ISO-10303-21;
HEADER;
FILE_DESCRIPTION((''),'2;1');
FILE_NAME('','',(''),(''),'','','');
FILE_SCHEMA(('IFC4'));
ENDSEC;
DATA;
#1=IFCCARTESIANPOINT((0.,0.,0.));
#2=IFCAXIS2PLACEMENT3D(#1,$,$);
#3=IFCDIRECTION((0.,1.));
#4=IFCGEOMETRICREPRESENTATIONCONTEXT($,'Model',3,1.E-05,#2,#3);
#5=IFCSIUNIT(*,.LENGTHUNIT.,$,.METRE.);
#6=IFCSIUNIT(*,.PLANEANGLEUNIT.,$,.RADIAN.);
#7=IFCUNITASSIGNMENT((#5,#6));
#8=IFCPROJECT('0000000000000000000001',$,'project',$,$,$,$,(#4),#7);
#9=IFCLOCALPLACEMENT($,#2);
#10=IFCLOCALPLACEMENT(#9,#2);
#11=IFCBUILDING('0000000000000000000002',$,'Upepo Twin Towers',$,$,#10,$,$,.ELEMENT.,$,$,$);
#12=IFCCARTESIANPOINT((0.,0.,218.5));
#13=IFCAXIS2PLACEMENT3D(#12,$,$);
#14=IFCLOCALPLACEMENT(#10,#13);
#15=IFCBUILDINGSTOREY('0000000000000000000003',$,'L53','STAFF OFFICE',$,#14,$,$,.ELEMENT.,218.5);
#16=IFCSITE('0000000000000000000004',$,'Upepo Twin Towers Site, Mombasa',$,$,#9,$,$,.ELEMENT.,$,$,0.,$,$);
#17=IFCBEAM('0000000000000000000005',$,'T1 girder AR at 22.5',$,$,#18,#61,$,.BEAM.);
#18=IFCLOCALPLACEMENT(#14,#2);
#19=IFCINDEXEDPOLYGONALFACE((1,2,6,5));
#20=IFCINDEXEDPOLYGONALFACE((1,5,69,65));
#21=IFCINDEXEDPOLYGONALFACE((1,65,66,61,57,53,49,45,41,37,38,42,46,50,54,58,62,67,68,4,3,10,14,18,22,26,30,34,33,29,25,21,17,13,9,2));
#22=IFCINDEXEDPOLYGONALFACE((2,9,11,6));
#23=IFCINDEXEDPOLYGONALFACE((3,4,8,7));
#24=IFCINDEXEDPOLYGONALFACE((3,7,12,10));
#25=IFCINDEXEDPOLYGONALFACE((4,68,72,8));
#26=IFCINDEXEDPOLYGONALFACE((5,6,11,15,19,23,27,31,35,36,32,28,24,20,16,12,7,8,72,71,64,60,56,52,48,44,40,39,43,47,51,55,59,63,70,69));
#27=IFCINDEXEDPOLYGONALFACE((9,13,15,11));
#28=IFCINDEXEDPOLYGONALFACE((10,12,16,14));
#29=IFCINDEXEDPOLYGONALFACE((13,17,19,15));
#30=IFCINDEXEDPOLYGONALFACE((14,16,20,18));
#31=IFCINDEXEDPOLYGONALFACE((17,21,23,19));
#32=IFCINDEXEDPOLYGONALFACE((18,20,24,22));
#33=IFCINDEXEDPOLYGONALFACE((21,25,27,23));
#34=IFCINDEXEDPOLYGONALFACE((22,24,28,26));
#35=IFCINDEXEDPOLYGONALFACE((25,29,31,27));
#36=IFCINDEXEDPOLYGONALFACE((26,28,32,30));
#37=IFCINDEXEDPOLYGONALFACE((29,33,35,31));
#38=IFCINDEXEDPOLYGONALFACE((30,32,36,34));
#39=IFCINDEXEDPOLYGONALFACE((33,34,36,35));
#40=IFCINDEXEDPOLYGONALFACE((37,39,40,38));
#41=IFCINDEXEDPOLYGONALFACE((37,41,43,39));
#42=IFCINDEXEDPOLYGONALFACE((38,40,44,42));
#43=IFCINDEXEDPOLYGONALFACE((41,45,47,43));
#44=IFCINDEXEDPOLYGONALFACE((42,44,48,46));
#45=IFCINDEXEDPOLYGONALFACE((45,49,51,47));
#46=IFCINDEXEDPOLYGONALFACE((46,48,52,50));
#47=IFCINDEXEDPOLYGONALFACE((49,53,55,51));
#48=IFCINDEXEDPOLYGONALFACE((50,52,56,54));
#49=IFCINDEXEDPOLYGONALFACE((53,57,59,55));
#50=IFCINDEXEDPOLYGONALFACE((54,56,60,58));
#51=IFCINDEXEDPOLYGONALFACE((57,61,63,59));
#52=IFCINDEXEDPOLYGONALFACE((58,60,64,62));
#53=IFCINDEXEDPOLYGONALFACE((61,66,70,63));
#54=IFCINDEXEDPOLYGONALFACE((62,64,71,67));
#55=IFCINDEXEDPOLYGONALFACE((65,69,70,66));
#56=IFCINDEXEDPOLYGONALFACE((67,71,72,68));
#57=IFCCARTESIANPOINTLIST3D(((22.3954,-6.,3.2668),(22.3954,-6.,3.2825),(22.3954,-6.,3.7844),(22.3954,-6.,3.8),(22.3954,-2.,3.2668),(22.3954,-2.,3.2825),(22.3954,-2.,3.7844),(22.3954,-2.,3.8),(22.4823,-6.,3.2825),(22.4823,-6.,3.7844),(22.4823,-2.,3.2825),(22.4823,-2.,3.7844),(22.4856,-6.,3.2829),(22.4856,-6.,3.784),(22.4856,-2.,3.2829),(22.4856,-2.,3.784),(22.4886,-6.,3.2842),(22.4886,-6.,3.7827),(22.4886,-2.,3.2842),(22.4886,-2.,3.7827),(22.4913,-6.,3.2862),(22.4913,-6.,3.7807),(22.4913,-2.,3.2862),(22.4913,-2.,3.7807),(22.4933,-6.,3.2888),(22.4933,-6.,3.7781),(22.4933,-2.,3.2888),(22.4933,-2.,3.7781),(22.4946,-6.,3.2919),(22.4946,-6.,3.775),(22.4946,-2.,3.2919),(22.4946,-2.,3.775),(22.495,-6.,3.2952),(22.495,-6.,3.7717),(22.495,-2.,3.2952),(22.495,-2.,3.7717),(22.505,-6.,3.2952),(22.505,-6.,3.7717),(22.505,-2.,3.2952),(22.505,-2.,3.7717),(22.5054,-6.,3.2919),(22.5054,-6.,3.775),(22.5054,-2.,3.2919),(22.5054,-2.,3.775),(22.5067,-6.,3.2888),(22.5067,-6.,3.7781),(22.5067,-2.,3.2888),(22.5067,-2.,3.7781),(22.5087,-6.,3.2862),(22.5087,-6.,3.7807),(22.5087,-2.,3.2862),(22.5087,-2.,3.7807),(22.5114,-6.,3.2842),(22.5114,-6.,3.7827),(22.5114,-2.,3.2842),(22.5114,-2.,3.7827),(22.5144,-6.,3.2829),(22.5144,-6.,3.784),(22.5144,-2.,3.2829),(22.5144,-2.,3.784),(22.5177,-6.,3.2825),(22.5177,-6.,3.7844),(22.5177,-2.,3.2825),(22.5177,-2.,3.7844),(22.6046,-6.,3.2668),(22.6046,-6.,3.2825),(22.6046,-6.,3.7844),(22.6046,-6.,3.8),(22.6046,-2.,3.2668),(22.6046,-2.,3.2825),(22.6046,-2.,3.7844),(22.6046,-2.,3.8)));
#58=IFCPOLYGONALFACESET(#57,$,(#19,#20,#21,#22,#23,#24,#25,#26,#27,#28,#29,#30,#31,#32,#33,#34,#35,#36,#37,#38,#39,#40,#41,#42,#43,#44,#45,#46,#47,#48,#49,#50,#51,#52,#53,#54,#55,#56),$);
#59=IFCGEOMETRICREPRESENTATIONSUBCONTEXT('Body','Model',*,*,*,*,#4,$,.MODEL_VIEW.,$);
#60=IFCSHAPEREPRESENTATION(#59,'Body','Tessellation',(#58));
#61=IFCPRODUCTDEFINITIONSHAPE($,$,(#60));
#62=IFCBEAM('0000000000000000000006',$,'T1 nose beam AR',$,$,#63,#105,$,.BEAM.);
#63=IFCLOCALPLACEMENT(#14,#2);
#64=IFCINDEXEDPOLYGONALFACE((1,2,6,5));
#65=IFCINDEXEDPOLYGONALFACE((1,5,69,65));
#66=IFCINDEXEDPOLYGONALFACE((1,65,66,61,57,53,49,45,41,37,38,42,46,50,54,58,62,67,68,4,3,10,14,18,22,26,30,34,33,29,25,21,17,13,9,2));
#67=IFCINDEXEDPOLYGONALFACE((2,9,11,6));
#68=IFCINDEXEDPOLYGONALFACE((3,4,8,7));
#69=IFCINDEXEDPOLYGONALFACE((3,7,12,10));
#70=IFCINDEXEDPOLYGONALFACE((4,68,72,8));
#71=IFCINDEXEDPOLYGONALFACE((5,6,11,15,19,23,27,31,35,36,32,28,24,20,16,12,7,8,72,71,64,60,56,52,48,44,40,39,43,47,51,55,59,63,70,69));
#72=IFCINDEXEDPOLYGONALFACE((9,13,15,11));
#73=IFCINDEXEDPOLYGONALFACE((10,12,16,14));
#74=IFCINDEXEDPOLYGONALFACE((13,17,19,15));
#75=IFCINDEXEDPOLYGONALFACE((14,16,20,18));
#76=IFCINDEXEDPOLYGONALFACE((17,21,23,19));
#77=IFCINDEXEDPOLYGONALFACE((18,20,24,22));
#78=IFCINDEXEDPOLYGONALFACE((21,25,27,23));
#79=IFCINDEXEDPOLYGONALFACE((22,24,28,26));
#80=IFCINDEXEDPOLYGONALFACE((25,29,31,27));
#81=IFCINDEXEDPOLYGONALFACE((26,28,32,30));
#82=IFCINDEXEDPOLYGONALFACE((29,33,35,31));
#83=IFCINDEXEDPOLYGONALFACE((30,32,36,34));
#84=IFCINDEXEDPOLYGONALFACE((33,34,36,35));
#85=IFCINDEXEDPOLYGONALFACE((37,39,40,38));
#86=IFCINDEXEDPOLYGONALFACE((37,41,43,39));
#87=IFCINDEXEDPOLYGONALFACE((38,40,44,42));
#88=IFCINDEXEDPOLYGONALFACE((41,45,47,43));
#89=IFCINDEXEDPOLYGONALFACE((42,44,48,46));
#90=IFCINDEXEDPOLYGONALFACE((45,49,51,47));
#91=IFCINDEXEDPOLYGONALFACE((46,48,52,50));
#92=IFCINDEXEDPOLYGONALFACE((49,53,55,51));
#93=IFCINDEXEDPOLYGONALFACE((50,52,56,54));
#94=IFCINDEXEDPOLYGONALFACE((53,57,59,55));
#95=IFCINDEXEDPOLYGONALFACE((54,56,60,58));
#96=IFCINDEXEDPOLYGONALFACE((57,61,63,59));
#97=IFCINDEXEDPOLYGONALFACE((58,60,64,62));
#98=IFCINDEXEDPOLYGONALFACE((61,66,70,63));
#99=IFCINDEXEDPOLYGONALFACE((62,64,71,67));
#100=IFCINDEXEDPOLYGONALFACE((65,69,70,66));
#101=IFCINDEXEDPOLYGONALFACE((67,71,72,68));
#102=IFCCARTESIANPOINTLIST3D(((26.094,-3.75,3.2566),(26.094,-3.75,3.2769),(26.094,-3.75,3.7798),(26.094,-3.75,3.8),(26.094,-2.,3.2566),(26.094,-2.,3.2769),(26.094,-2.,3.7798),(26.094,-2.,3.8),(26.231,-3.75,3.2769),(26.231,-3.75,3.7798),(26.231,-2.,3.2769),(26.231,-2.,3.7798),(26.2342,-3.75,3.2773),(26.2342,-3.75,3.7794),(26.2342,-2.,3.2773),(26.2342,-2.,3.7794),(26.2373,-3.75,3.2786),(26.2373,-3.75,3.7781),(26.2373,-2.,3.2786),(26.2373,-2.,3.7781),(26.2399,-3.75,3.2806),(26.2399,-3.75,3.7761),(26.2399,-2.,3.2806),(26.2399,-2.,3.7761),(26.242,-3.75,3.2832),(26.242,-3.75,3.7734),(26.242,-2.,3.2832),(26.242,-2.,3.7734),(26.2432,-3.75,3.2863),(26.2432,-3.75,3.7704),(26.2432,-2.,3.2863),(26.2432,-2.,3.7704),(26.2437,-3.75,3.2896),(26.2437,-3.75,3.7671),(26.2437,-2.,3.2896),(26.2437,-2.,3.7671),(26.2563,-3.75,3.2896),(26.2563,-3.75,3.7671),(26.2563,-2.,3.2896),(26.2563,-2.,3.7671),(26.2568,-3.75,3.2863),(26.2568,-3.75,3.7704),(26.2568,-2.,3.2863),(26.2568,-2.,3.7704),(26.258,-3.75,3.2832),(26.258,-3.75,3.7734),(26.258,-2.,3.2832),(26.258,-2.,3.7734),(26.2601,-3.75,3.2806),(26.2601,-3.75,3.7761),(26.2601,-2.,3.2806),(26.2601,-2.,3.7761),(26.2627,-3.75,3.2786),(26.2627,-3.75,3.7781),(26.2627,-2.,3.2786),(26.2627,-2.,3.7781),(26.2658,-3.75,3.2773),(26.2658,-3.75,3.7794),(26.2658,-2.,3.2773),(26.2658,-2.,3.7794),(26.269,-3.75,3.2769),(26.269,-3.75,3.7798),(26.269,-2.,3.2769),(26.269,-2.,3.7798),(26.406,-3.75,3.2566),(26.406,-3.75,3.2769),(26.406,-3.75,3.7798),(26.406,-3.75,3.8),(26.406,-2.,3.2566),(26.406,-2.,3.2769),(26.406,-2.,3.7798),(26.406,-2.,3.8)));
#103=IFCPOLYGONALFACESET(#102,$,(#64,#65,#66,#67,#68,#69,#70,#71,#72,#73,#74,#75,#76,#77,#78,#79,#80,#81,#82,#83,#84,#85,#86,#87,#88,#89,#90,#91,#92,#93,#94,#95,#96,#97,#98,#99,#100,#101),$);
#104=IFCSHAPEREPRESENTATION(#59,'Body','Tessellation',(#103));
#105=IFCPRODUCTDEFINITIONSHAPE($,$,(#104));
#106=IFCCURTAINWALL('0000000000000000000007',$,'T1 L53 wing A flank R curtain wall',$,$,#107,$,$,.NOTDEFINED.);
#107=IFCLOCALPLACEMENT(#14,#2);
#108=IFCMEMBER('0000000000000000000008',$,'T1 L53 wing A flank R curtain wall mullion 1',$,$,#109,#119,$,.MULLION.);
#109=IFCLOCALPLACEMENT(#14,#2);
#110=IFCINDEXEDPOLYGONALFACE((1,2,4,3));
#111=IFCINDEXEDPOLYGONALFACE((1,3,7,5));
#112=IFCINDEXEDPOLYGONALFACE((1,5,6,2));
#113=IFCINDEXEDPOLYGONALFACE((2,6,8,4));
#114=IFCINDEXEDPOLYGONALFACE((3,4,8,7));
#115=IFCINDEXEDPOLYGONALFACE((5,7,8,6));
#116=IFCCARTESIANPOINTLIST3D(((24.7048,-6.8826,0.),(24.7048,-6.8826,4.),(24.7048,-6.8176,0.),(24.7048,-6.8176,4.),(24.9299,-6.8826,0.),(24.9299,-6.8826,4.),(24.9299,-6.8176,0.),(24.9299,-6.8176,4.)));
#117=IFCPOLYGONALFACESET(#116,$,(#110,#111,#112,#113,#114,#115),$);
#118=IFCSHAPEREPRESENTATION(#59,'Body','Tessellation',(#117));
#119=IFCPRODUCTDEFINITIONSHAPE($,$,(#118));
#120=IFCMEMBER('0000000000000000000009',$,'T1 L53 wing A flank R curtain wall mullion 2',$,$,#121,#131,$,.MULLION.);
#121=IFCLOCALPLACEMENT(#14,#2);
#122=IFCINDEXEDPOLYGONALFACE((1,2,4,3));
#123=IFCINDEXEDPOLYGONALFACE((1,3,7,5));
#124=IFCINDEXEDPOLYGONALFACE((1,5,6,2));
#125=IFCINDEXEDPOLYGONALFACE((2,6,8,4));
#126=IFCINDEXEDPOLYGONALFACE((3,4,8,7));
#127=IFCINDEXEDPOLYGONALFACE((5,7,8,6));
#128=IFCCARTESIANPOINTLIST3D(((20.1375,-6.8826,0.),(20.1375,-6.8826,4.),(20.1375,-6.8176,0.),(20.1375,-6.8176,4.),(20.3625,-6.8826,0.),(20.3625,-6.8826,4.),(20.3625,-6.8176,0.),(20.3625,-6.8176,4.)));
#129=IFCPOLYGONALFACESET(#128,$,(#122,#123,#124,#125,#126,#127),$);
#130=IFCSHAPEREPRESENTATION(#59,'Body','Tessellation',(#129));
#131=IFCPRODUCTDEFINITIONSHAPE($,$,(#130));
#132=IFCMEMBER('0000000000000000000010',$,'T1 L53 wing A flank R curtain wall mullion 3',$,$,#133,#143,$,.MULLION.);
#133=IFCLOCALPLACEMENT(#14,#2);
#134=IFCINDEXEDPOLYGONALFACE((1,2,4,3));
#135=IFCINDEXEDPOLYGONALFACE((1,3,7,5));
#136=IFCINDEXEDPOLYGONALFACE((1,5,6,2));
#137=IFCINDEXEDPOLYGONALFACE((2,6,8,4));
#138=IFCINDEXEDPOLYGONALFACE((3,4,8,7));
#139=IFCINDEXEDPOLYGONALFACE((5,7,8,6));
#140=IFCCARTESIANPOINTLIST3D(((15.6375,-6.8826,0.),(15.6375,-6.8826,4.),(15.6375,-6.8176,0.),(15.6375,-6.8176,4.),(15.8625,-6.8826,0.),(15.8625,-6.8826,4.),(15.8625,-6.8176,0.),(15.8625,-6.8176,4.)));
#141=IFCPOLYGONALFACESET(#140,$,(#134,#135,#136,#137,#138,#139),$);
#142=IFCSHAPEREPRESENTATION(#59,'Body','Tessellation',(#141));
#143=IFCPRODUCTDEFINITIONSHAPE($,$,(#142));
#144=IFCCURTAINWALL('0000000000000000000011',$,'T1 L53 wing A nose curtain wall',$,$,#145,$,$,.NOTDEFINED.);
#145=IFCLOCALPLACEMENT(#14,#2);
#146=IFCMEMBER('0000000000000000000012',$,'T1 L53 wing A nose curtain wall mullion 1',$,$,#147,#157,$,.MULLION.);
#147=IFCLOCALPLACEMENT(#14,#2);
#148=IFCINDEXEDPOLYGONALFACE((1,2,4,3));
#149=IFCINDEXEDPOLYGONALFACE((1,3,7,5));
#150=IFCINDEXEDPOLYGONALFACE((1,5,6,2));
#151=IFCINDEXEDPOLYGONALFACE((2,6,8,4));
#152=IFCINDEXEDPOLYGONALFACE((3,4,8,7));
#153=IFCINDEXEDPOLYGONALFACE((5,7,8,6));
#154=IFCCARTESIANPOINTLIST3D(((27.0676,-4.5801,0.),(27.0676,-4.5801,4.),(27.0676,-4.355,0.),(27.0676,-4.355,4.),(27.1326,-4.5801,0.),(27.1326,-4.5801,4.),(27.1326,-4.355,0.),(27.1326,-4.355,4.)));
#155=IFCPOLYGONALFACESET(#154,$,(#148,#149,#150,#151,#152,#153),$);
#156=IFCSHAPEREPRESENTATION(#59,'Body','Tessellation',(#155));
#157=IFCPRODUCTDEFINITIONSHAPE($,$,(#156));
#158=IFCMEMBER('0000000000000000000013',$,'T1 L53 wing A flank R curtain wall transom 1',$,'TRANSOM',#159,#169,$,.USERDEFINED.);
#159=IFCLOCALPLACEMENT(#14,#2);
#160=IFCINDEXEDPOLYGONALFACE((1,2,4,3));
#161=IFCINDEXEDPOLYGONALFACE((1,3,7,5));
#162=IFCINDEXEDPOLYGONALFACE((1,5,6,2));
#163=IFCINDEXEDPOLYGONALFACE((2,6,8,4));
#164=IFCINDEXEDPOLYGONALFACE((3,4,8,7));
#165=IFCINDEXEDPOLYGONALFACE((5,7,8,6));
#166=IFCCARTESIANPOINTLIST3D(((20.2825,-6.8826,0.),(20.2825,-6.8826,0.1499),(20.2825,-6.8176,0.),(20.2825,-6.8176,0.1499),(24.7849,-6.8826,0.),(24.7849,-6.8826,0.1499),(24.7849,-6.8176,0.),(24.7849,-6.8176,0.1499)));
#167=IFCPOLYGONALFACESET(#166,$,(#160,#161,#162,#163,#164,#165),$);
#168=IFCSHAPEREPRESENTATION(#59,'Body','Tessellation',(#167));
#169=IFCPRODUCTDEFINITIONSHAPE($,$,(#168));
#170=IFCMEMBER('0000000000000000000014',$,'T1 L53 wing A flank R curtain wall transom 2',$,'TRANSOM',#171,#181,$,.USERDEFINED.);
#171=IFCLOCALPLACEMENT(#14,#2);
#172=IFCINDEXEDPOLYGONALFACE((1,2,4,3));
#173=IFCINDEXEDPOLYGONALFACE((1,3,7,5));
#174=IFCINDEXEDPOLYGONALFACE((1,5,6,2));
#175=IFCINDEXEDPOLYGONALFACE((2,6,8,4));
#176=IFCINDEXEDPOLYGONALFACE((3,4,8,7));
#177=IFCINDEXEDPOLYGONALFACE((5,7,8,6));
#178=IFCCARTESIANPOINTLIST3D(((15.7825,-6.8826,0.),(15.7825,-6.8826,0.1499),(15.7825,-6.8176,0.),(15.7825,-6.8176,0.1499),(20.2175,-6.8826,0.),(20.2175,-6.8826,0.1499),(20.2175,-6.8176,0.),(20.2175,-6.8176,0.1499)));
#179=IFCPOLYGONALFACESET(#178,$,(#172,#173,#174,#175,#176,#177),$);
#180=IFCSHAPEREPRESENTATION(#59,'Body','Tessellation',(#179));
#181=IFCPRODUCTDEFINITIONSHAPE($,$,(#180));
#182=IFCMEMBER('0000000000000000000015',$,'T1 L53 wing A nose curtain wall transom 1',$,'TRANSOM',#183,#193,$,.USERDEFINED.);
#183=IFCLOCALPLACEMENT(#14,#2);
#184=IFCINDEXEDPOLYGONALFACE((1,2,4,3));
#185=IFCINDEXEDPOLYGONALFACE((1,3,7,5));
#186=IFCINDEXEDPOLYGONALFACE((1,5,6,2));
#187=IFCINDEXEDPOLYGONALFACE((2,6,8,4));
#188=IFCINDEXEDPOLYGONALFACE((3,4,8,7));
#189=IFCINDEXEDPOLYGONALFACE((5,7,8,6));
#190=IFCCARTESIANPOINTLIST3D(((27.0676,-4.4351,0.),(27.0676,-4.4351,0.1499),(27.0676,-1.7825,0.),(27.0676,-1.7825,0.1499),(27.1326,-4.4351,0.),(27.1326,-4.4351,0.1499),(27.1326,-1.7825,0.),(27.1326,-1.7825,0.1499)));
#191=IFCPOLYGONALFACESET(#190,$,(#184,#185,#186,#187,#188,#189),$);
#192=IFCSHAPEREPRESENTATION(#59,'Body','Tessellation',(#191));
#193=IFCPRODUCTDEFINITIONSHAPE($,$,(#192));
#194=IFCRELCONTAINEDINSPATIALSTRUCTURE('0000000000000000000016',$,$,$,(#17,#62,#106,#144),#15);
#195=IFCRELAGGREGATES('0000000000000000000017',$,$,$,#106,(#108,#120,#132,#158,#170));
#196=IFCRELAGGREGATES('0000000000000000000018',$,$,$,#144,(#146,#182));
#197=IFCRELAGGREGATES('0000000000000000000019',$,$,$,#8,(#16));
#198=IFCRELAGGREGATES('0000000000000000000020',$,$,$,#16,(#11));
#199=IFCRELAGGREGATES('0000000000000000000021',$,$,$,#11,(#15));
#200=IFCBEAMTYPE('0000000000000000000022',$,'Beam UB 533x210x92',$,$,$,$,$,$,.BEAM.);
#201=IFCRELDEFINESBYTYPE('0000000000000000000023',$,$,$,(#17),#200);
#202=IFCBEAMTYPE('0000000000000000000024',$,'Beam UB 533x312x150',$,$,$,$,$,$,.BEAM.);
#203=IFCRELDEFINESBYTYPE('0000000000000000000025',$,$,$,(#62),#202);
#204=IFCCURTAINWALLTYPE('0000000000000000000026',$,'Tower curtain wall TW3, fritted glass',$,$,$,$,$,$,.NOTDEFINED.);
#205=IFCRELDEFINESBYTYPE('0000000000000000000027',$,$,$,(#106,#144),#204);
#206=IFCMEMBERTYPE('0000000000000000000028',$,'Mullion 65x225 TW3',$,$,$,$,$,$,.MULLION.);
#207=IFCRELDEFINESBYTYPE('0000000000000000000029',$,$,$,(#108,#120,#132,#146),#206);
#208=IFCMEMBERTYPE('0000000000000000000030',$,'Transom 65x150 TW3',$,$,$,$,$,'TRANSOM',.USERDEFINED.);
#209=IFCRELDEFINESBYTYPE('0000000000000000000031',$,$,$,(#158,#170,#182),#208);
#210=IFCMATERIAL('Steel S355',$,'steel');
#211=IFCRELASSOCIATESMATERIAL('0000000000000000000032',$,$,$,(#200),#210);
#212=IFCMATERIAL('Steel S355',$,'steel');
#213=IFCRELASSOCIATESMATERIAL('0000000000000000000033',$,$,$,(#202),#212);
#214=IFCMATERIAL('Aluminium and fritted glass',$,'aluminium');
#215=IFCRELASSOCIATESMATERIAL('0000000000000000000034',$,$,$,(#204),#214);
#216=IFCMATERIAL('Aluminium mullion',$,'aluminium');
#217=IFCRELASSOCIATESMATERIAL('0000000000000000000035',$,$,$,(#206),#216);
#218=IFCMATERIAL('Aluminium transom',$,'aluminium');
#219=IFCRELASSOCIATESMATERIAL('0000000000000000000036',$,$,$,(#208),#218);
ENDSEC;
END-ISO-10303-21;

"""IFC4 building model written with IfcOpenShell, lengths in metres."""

from ifc_helpers import new_model, si_unit, direction, frame, origin, origin_2d, place, context, subcontext, project, spatial, rectangle, i_section, extrude, material, material_profile, profile_set, type_object, element, aggregate, save


model = new_model("IFC4")

# Units and contexts
model_context = context("Model", 3, precision=1e-05, world=origin(), true_north=direction((0.0, 1.0)))
body_context = subcontext(model_context, "Body", "Model", "MODEL_VIEW")
ifc_project = project(units=[si_unit("LENGTHUNIT", "METRE"), si_unit("PLANEANGLEUNIT", "RADIAN")], contexts=[model_context])

# Site, building, storey
site_placement = place(None, origin())
site = spatial("IfcSite", under=ifc_project, at=site_placement, Name="Upepo Twin Towers Site, Mombasa", CompositionType="ELEMENT", RefElevation=0.0)
building_placement = place(site_placement, origin())
building = spatial("IfcBuilding", under=site, at=building_placement, Name="Upepo Twin Towers", CompositionType="ELEMENT")
storey_placement = place(building_placement, frame((0.0, 0.0, 218.5)))
storey = spatial("IfcBuildingStorey", under=building, at=storey_placement, Name="L53", Description="STAFF OFFICE", CompositionType="ELEMENT", Elevation=218.5)

# Beams
ifc_material_1 = material(Name="Steel S355", Category="steel")
ifc_material_profile_1 = material_profile(ifc_material_1, i_section(OverallWidth=0.2092, OverallDepth=0.5332, WebThickness=0.01, FlangeThickness=0.0156, FilletRadius=0.0127, at=origin_2d()), Name="UB 533x210x92")
ifc_profile_set_1 = profile_set([ifc_material_profile_1], Name="Steel S355")
beam_type_1 = type_object("IfcBeamType", Name="Beam UB 533x210x92", PredefinedType="BEAM", material=ifc_profile_set_1)
for number, where, z_axis, x_axis, name in (
    (1, (22.5, -6.0, 3.5334), (0.0, 1.0, 0.0), (-1.0, 0.0, 0.0), "T1 girder AR at 22.5"),
):
    element("IfcBeam", number, at=place(storey_placement, frame(where, z_axis=z_axis, x_axis=x_axis)), inside=storey, type_object=beam_type_1, Name=name, PredefinedType="BEAM", context=body_context, shape_type="SweptSolid", body=[
        extrude(i_section(OverallWidth=0.2092, OverallDepth=0.5332, WebThickness=0.01, FlangeThickness=0.0156, FilletRadius=0.0127, at=origin_2d()), origin(), (0.0, 0.0, 1.0), 4.0),
    ])
ifc_material_2 = material(Name="Steel S355", Category="steel")
ifc_material_profile_2 = material_profile(ifc_material_2, i_section(OverallWidth=0.312, OverallDepth=0.5435, WebThickness=0.0127, FlangeThickness=0.0203, FilletRadius=0.0127, at=origin_2d()), Name="UB 533x312x150")
ifc_profile_set_2 = profile_set([ifc_material_profile_2], Name="Steel S355")
beam_type_2 = type_object("IfcBeamType", Name="Beam UB 533x312x150", PredefinedType="BEAM", material=ifc_profile_set_2)
beam_1_placement = place(storey_placement, frame((26.25, -3.75, 3.5283), z_axis=(0.0, 1.0, 0.0), x_axis=(-1.0, 0.0, 0.0)))
element("IfcBeam", 2, at=beam_1_placement, inside=storey, type_object=beam_type_2, Name="T1 nose beam AR", PredefinedType="BEAM", context=body_context, shape_type="SweptSolid", body=[
    extrude(i_section(OverallWidth=0.312, OverallDepth=0.5435, WebThickness=0.0127, FlangeThickness=0.0203, FilletRadius=0.0127, at=origin_2d()), origin(), (0.0, 0.0, 1.0), 1.75),
])

# Curtain wall, members
ifc_material_3 = material(Name="Aluminium and fritted glass", Category="aluminium")
curtain_wall_type = type_object("IfcCurtainWallType", Name="Tower curtain wall TW3, fritted glass", PredefinedType="NOTDEFINED", material=ifc_material_3)
curtain_wall_1_placement = place(storey_placement, origin())
curtain_wall_1 = element("IfcCurtainWall", 3, at=curtain_wall_1_placement, inside=storey, type_object=curtain_wall_type, Name="T1 L53 wing A flank R curtain wall", PredefinedType="NOTDEFINED")
ifc_material_4 = material(Name="Aluminium mullion", Category="aluminium")
ifc_material_profile_3 = material_profile(ifc_material_4, rectangle(XDim=0.0649, YDim=0.2251, at=origin_2d()), Name="MULLION 65x225")
ifc_profile_set_3 = profile_set([ifc_material_profile_3], Name="Aluminium mullion")
member_type_1 = type_object("IfcMemberType", Name="Mullion 65x225 TW3", PredefinedType="MULLION", material=ifc_profile_set_3)
member_1_placement = place(storey_placement, frame((24.8174, -6.8501, 0.0), z_axis=(0.0, 0.0, 1.0), x_axis=(0.0, -1.0, 0.0)))
member_1 = element("IfcMember", 4, at=member_1_placement, type_object=member_type_1, Name="T1 L53 wing A flank R curtain wall mullion 1", PredefinedType="MULLION", context=body_context, shape_type="SweptSolid", body=[
    extrude(rectangle(XDim=0.0649, YDim=0.2251, at=origin_2d()), origin(), (0.0, 0.0, 1.0), 4.0),
])
member_2_placement = place(storey_placement, frame((20.25, -6.8501, 0.0), z_axis=(0.0, 0.0, 1.0), x_axis=(0.0, -1.0, 0.0)))
member_2 = element("IfcMember", 5, at=member_2_placement, type_object=member_type_1, Name="T1 L53 wing A flank R curtain wall mullion 2", PredefinedType="MULLION", context=body_context, shape_type="SweptSolid", body=[
    extrude(rectangle(XDim=0.0649, YDim=0.2251, at=origin_2d()), origin(), (0.0, 0.0, 1.0), 4.0),
])
member_3_placement = place(storey_placement, frame((15.75, -6.8501, 0.0), z_axis=(0.0, 0.0, 1.0), x_axis=(0.0, -1.0, 0.0)))
member_3 = element("IfcMember", 6, at=member_3_placement, type_object=member_type_1, Name="T1 L53 wing A flank R curtain wall mullion 3", PredefinedType="MULLION", context=body_context, shape_type="SweptSolid", body=[
    extrude(rectangle(XDim=0.0649, YDim=0.2251, at=origin_2d()), origin(), (0.0, 0.0, 1.0), 4.0),
])

# Curtain wall, member
curtain_wall_2_placement = place(storey_placement, origin())
curtain_wall_2 = element("IfcCurtainWall", 7, at=curtain_wall_2_placement, inside=storey, type_object=curtain_wall_type, Name="T1 L53 wing A nose curtain wall", PredefinedType="NOTDEFINED")
member_4_placement = place(storey_placement, frame((27.1001, -4.4675, 0.0), z_axis=(0.0, 0.0, 1.0), x_axis=(-1.0, 0.0, 0.0)))
member_4 = element("IfcMember", 8, at=member_4_placement, type_object=member_type_1, Name="T1 L53 wing A nose curtain wall mullion 1", PredefinedType="MULLION", context=body_context, shape_type="SweptSolid", body=[
    extrude(rectangle(XDim=0.0649, YDim=0.2251, at=origin_2d()), origin(), (0.0, 0.0, 1.0), 4.0),
])

# Members
ifc_material_5 = material(Name="Aluminium transom", Category="aluminium")
ifc_material_profile_4 = material_profile(ifc_material_5, rectangle(XDim=0.0649, YDim=0.1499, at=origin_2d()), Name="TRANSOM 65x150")
ifc_profile_set_4 = profile_set([ifc_material_profile_4], Name="Aluminium transom")
member_type_2 = type_object("IfcMemberType", Name="Transom 65x150 TW3", ElementType="TRANSOM", PredefinedType="USERDEFINED", material=ifc_profile_set_4)
member_5_placement = place(storey_placement, frame((24.7849, -6.8501, 0.075), z_axis=(-1.0, 0.0, 0.0), x_axis=(0.0, -1.0, 0.0)))
member_5 = element("IfcMember", 9, at=member_5_placement, type_object=member_type_2, Name="T1 L53 wing A flank R curtain wall transom 1", ObjectType="TRANSOM", PredefinedType="USERDEFINED", context=body_context, shape_type="SweptSolid", body=[
    extrude(rectangle(XDim=0.0649, YDim=0.1499, at=origin_2d()), origin(), (0.0, 0.0, 1.0), 4.5024),
])
member_6_placement = place(storey_placement, frame((20.2175, -6.8501, 0.075), z_axis=(-1.0, 0.0, 0.0), x_axis=(0.0, -1.0, 0.0)))
member_6 = element("IfcMember", 10, at=member_6_placement, type_object=member_type_2, Name="T1 L53 wing A flank R curtain wall transom 2", ObjectType="TRANSOM", PredefinedType="USERDEFINED", context=body_context, shape_type="SweptSolid", body=[
    extrude(rectangle(XDim=0.0649, YDim=0.1499, at=origin_2d()), origin(), (0.0, 0.0, 1.0), 4.4351),
])
member_7_placement = place(storey_placement, frame((27.1001, -4.4351, 0.075), z_axis=(0.0, 1.0, 0.0), x_axis=(-1.0, 0.0, 0.0)))
member_7 = element("IfcMember", 11, at=member_7_placement, type_object=member_type_2, Name="T1 L53 wing A nose curtain wall transom 1", ObjectType="TRANSOM", PredefinedType="USERDEFINED", context=body_context, shape_type="SweptSolid", body=[
    extrude(rectangle(XDim=0.0649, YDim=0.1499, at=origin_2d()), origin(), (0.0, 0.0, 1.0), 2.6526),
])

aggregate(curtain_wall_1, [member_1, member_2, member_3, member_5, member_6])
aggregate(curtain_wall_2, [member_4, member_7])

save(model, "model.ifc")
